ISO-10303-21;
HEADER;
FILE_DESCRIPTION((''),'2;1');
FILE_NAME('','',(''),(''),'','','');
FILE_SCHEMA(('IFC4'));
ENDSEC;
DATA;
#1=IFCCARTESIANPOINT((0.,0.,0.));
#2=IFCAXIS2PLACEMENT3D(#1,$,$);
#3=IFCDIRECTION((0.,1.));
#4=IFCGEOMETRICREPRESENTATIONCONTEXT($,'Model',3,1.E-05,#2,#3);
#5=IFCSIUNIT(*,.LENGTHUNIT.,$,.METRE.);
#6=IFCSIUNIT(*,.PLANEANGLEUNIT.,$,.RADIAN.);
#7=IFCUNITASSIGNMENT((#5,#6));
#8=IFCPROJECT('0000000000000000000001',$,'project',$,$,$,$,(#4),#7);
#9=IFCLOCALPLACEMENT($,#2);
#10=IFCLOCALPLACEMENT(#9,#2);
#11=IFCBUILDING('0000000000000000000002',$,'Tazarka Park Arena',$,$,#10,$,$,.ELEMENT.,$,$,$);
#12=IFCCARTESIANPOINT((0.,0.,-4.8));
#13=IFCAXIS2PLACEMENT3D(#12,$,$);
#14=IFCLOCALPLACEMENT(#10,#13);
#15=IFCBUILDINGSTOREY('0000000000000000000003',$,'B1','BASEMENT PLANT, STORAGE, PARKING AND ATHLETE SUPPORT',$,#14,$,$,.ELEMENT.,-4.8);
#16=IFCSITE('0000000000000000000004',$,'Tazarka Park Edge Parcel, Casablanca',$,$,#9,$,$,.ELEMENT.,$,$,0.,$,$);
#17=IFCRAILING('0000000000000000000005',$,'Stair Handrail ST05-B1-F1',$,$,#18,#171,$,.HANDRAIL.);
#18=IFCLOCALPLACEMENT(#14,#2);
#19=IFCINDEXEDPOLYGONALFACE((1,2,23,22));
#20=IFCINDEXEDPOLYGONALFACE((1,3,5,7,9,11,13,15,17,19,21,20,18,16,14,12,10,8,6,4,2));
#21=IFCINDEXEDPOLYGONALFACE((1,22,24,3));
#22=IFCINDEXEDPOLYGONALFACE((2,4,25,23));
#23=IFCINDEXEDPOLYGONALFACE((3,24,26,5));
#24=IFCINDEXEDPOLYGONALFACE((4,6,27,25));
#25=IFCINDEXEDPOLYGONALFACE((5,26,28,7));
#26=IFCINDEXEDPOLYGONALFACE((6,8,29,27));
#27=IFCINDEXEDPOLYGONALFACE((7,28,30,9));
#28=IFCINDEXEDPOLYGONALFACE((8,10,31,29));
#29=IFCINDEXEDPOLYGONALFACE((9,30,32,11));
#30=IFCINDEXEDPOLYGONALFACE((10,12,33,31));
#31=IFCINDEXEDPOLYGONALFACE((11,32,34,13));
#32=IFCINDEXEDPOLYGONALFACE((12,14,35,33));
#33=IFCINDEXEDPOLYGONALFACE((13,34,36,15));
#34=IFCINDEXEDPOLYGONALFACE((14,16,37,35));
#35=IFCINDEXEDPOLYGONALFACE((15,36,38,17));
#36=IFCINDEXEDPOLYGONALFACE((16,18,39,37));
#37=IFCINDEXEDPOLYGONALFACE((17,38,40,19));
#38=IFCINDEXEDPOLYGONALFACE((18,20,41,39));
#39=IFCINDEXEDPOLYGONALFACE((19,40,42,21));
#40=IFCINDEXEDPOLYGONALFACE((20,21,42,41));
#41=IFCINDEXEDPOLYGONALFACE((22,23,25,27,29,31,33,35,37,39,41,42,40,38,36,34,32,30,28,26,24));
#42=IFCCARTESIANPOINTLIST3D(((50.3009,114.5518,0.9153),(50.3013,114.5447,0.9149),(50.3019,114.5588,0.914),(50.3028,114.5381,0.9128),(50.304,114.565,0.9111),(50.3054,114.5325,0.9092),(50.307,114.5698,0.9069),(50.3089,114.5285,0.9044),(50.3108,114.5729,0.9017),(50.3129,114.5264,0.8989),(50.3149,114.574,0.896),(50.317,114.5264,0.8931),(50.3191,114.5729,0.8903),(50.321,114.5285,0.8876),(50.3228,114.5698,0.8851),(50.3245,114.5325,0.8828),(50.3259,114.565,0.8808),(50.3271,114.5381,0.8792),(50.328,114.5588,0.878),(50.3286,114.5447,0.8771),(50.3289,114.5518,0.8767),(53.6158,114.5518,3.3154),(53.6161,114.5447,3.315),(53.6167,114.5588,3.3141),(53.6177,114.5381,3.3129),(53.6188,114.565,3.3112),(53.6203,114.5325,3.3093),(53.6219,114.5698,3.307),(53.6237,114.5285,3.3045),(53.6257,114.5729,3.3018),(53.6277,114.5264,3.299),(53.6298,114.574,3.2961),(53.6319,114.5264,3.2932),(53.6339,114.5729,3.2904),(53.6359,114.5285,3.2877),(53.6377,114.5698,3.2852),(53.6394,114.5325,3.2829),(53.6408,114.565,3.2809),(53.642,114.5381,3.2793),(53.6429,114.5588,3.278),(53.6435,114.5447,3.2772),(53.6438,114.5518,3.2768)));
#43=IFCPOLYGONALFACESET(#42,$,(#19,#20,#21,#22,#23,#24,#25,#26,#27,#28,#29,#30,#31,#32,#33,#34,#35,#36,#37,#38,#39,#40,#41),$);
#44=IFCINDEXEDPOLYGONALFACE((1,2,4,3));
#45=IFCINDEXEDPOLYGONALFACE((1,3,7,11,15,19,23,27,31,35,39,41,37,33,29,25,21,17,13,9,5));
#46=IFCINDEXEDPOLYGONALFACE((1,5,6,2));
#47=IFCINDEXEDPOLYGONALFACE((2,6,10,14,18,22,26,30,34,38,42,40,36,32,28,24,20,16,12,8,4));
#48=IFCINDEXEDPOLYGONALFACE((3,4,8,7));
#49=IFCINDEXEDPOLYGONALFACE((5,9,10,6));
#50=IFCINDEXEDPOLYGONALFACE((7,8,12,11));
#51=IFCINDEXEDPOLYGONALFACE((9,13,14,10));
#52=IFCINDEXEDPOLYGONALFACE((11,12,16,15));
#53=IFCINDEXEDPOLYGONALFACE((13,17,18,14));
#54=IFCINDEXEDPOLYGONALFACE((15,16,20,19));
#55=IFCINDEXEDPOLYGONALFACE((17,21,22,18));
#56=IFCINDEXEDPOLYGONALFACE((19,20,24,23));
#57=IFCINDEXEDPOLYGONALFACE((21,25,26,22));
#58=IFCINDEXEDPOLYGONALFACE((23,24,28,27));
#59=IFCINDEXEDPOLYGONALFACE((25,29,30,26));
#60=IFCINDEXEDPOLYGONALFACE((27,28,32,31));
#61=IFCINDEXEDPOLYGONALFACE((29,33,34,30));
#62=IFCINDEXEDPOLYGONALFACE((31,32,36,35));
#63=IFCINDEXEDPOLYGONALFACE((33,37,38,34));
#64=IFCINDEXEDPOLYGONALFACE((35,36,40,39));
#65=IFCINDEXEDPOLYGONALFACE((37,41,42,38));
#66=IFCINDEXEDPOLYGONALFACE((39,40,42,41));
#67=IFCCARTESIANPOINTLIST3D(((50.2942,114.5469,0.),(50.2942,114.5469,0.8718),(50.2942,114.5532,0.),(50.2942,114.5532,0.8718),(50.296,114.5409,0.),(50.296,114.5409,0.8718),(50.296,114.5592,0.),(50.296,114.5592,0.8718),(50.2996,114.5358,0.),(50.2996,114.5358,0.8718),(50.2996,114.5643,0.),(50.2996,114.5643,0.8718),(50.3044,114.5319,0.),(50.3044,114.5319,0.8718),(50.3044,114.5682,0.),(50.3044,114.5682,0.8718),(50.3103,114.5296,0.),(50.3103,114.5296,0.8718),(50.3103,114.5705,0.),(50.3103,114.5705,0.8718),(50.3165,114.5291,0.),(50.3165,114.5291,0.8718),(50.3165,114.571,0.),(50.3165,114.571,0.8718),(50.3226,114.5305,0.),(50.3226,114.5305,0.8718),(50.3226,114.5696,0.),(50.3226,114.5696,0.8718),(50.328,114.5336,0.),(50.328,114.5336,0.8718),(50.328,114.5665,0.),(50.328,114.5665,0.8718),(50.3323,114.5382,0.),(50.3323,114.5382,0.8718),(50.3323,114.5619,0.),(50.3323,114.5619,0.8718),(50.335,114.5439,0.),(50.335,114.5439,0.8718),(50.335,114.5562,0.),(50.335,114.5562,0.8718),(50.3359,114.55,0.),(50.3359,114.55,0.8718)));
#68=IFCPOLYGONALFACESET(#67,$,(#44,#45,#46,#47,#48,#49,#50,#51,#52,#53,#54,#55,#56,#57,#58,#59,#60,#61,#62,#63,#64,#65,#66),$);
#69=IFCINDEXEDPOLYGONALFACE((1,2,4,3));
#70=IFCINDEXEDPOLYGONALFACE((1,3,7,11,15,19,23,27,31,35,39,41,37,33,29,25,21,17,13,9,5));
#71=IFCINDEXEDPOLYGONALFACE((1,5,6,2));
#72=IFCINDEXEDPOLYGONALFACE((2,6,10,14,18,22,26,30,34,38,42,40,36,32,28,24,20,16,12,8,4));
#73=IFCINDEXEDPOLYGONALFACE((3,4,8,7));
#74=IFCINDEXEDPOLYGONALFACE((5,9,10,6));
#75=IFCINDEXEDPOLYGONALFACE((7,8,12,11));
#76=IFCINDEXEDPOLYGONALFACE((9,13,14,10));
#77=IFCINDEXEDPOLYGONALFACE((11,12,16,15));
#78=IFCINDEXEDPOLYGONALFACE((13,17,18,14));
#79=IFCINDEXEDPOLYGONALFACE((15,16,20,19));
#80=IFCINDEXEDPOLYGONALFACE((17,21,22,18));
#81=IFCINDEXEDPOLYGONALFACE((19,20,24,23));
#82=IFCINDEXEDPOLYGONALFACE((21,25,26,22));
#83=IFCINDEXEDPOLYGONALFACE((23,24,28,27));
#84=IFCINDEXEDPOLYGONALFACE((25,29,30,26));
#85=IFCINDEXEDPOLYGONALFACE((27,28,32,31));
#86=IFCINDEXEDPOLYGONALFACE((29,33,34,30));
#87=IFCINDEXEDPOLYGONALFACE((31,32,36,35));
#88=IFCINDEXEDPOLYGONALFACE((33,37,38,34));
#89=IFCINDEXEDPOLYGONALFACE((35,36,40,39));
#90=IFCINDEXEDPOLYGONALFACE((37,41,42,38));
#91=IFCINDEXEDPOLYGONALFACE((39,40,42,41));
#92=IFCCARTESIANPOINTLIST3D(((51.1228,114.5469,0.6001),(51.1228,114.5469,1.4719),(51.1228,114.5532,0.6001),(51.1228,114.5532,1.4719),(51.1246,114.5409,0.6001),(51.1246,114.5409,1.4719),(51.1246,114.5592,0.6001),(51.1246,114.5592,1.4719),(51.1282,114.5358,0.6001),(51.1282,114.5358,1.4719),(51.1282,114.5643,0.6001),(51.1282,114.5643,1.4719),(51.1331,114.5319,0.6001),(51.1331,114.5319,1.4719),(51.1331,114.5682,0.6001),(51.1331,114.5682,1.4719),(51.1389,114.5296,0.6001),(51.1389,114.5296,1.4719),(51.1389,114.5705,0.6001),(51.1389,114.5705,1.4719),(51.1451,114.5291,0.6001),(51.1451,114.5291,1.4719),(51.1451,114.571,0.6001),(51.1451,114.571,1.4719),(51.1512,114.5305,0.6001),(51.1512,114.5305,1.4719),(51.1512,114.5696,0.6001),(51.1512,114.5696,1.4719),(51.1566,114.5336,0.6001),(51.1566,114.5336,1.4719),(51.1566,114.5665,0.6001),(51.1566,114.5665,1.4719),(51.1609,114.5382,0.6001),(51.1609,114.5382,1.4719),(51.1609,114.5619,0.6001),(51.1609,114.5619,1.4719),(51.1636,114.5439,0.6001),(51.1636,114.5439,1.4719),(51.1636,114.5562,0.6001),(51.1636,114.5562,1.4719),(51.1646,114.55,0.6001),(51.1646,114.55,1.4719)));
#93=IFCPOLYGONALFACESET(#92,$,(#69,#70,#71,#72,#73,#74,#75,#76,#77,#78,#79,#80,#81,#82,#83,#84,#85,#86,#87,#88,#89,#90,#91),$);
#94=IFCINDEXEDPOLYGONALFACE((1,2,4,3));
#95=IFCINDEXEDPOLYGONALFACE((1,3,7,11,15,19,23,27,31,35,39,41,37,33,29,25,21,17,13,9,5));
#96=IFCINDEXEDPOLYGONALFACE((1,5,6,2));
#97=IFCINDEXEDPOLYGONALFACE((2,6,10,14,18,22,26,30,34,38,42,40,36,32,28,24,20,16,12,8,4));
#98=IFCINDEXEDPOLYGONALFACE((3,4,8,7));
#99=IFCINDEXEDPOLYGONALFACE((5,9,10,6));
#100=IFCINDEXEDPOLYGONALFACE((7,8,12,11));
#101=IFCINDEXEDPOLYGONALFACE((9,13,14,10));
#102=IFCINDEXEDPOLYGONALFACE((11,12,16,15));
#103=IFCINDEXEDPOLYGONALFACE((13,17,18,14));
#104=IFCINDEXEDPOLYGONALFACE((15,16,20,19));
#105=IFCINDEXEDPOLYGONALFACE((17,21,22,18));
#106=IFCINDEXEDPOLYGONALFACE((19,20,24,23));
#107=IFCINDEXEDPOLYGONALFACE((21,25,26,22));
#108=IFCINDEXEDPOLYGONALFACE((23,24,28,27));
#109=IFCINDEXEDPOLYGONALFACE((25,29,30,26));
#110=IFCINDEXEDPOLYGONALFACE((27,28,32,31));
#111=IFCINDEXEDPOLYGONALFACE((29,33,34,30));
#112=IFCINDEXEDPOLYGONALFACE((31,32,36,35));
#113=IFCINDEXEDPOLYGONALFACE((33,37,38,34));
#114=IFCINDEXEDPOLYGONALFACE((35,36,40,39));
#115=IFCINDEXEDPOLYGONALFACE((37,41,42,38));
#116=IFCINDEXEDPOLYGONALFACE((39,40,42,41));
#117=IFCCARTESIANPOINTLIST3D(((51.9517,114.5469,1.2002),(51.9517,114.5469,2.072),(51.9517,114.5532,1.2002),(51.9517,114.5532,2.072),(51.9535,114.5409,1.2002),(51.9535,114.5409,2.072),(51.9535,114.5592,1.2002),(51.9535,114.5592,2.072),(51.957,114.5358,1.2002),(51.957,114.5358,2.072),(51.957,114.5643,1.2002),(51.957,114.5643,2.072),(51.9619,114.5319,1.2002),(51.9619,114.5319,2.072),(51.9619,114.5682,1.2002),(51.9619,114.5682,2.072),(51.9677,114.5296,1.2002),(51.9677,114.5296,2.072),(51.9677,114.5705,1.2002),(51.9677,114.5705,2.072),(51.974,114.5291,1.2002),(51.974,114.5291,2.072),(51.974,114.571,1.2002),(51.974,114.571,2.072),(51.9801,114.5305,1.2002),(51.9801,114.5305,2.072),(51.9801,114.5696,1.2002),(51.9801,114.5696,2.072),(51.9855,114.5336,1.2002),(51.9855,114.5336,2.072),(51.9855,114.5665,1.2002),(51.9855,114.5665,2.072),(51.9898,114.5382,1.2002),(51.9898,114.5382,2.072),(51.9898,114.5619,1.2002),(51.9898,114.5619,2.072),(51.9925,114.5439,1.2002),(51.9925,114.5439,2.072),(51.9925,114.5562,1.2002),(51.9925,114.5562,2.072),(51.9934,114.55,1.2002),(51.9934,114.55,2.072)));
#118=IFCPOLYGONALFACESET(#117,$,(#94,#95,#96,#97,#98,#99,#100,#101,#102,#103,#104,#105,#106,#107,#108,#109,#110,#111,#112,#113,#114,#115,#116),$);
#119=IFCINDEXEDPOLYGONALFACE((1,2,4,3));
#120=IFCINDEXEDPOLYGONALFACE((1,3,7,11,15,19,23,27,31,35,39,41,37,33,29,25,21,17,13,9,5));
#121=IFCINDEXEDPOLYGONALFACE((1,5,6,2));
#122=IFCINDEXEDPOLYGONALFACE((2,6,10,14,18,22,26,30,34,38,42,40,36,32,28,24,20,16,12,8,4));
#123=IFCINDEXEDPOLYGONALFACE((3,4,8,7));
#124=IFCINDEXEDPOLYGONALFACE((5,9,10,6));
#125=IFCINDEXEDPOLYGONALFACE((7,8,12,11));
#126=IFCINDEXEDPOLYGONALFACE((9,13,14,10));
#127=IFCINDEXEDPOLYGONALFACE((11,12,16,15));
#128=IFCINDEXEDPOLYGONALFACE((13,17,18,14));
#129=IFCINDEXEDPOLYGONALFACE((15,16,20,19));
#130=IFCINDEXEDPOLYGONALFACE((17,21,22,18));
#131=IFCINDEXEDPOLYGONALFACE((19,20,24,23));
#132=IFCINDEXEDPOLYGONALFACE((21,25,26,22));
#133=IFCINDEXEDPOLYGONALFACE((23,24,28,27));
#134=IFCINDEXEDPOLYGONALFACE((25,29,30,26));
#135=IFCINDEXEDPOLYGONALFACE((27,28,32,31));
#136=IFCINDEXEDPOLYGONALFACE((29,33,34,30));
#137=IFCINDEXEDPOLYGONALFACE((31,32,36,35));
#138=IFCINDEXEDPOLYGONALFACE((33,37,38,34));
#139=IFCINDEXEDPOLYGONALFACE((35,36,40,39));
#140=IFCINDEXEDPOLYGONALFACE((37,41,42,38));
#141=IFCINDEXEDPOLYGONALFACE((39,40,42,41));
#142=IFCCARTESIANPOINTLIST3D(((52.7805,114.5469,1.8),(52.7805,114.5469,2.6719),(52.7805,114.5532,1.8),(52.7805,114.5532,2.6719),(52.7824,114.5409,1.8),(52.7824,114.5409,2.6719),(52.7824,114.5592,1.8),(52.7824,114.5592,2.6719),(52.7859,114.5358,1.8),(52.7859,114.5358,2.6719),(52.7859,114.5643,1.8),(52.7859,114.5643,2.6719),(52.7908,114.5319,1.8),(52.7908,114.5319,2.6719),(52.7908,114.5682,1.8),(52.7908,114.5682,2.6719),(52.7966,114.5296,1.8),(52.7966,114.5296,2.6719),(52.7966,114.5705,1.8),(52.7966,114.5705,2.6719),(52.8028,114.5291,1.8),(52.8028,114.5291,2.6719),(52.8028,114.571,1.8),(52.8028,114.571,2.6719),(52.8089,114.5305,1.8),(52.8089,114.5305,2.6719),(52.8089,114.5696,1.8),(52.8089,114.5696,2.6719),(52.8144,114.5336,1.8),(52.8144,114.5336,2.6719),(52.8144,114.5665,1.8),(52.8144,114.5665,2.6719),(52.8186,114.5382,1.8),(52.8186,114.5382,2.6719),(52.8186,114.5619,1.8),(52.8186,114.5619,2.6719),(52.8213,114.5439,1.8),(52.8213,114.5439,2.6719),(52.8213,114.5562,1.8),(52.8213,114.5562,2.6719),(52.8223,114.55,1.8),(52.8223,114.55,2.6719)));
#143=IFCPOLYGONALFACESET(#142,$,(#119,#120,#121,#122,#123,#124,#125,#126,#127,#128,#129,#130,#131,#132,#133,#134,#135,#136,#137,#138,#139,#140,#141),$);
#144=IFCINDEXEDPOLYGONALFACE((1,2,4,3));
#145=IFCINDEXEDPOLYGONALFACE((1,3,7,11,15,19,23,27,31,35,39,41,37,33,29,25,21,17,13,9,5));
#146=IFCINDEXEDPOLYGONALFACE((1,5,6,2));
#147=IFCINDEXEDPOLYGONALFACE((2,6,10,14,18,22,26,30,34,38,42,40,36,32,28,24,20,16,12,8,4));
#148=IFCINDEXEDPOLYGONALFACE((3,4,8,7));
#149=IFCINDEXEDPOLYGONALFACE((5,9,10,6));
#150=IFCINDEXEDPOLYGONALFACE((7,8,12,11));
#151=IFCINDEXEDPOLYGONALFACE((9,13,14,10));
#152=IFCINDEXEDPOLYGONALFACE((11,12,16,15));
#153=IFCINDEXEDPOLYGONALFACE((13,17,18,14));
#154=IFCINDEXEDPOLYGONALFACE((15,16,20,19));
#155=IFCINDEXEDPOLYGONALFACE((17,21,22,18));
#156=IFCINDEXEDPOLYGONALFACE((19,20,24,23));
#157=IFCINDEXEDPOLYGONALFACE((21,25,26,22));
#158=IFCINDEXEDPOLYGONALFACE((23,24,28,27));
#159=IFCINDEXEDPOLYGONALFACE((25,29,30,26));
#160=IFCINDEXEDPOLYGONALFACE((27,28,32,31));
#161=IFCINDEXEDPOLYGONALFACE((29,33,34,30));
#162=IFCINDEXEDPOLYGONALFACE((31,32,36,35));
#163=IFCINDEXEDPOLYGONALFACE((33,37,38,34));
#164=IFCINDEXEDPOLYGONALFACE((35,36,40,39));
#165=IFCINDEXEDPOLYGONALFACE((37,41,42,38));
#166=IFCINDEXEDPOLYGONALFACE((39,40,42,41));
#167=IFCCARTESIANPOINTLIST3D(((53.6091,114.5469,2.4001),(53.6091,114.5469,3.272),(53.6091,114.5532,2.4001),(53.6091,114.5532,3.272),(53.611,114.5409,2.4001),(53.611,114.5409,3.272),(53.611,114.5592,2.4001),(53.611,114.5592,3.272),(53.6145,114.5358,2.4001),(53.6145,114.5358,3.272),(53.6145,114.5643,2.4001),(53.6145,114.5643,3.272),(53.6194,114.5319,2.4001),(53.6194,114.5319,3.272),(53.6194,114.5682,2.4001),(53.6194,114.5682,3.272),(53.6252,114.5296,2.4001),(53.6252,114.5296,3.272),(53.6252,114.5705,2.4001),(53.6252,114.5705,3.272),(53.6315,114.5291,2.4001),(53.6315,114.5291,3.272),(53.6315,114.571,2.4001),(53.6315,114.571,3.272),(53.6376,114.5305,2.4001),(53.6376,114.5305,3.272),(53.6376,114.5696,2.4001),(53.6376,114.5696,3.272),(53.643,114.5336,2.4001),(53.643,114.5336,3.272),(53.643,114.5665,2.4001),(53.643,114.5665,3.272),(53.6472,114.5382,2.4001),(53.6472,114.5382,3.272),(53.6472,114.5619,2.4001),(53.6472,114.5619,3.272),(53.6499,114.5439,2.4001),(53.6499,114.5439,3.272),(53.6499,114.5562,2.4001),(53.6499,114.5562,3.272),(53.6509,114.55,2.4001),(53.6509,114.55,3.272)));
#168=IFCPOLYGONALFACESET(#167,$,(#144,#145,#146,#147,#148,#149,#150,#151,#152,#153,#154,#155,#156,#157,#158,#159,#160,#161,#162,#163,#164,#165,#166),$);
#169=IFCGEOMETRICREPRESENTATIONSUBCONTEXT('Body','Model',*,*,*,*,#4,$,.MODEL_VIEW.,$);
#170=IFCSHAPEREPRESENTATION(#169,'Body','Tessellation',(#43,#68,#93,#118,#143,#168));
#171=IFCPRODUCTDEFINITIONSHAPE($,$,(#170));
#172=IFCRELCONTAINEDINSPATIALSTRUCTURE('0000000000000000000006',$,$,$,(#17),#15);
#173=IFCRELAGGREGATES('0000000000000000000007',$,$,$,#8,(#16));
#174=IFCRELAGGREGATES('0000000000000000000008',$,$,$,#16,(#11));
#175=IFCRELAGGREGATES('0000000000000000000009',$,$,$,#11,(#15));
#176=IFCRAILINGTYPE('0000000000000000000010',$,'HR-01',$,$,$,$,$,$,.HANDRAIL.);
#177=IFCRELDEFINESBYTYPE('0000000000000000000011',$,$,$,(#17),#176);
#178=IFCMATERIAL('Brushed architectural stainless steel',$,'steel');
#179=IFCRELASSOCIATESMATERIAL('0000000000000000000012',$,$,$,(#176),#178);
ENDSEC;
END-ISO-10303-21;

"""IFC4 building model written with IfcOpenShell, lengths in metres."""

from ifc_helpers import new_model, si_unit, direction, frame, origin, origin_2d, place, context, subcontext, project, spatial, circle, extrude, material, type_object, element, save


model = new_model("IFC4")

# Units and contexts
model_context = context("Model", 3, precision=1e-05, world=origin(), true_north=direction((0.0, 1.0)))
body_context = subcontext(model_context, "Body", "Model", "MODEL_VIEW")
ifc_project = project(units=[si_unit("LENGTHUNIT", "METRE"), si_unit("PLANEANGLEUNIT", "RADIAN")], contexts=[model_context])

# Site, building, storey
site_placement = place(None, origin())
site = spatial("IfcSite", under=ifc_project, at=site_placement, Name="Tazarka Park Edge Parcel, Casablanca", CompositionType="ELEMENT", RefElevation=0.0)
building_placement = place(site_placement, origin())
building = spatial("IfcBuilding", under=site, at=building_placement, Name="Tazarka Park Arena", CompositionType="ELEMENT")
storey_placement = place(building_placement, frame((0.0, 0.0, -4.8)))
storey = spatial("IfcBuildingStorey", under=building, at=storey_placement, Name="B1", Description="BASEMENT PLANT, STORAGE, PARKING AND ATHLETE SUPPORT", CompositionType="ELEMENT", Elevation=-4.8)

# Railing
ifc_material_1 = material(Name="Brushed architectural stainless steel", Category="steel")
railing_type = type_object("IfcRailingType", Name="HR-01", PredefinedType="HANDRAIL", material=ifc_material_1)
railing_placement = place(storey_placement, frame((50.3149, 114.55, 0.0)))
element("IfcRailing", 1, at=railing_placement, inside=storey, type_object=railing_type, Name="Stair Handrail ST05-B1-F1", PredefinedType="HANDRAIL", context=body_context, shape_type="SweptSolid", body=[
    extrude(circle(Radius=0.0239, at=origin_2d()), frame((0.0, 0.0, 0.896), z_axis=(0.80998, 0.0, 0.586457), x_axis=(0.0, 1.0, 0.0)), (0.0, 0.0, 1.0), 4.0925),
    extrude(circle(Radius=0.021, at=origin_2d()), origin(), (0.0, 0.0, 1.0), 0.8718),
    extrude(circle(Radius=0.021, at=origin_2d()), frame((0.8286, 0.0, 0.6001)), (0.0, 0.0, 1.0), 0.8718),
    extrude(circle(Radius=0.021, at=origin_2d()), frame((1.6575, 0.0, 1.2002)), (0.0, 0.0, 1.0), 0.8718),
    extrude(circle(Radius=0.021, at=origin_2d()), frame((2.4863, 0.0, 1.8)), (0.0, 0.0, 1.0), 0.8718),
    extrude(circle(Radius=0.021, at=origin_2d()), frame((3.3149, 0.0, 2.4001)), (0.0, 0.0, 1.0), 0.8718),
])

save(model, "model.ifc")
